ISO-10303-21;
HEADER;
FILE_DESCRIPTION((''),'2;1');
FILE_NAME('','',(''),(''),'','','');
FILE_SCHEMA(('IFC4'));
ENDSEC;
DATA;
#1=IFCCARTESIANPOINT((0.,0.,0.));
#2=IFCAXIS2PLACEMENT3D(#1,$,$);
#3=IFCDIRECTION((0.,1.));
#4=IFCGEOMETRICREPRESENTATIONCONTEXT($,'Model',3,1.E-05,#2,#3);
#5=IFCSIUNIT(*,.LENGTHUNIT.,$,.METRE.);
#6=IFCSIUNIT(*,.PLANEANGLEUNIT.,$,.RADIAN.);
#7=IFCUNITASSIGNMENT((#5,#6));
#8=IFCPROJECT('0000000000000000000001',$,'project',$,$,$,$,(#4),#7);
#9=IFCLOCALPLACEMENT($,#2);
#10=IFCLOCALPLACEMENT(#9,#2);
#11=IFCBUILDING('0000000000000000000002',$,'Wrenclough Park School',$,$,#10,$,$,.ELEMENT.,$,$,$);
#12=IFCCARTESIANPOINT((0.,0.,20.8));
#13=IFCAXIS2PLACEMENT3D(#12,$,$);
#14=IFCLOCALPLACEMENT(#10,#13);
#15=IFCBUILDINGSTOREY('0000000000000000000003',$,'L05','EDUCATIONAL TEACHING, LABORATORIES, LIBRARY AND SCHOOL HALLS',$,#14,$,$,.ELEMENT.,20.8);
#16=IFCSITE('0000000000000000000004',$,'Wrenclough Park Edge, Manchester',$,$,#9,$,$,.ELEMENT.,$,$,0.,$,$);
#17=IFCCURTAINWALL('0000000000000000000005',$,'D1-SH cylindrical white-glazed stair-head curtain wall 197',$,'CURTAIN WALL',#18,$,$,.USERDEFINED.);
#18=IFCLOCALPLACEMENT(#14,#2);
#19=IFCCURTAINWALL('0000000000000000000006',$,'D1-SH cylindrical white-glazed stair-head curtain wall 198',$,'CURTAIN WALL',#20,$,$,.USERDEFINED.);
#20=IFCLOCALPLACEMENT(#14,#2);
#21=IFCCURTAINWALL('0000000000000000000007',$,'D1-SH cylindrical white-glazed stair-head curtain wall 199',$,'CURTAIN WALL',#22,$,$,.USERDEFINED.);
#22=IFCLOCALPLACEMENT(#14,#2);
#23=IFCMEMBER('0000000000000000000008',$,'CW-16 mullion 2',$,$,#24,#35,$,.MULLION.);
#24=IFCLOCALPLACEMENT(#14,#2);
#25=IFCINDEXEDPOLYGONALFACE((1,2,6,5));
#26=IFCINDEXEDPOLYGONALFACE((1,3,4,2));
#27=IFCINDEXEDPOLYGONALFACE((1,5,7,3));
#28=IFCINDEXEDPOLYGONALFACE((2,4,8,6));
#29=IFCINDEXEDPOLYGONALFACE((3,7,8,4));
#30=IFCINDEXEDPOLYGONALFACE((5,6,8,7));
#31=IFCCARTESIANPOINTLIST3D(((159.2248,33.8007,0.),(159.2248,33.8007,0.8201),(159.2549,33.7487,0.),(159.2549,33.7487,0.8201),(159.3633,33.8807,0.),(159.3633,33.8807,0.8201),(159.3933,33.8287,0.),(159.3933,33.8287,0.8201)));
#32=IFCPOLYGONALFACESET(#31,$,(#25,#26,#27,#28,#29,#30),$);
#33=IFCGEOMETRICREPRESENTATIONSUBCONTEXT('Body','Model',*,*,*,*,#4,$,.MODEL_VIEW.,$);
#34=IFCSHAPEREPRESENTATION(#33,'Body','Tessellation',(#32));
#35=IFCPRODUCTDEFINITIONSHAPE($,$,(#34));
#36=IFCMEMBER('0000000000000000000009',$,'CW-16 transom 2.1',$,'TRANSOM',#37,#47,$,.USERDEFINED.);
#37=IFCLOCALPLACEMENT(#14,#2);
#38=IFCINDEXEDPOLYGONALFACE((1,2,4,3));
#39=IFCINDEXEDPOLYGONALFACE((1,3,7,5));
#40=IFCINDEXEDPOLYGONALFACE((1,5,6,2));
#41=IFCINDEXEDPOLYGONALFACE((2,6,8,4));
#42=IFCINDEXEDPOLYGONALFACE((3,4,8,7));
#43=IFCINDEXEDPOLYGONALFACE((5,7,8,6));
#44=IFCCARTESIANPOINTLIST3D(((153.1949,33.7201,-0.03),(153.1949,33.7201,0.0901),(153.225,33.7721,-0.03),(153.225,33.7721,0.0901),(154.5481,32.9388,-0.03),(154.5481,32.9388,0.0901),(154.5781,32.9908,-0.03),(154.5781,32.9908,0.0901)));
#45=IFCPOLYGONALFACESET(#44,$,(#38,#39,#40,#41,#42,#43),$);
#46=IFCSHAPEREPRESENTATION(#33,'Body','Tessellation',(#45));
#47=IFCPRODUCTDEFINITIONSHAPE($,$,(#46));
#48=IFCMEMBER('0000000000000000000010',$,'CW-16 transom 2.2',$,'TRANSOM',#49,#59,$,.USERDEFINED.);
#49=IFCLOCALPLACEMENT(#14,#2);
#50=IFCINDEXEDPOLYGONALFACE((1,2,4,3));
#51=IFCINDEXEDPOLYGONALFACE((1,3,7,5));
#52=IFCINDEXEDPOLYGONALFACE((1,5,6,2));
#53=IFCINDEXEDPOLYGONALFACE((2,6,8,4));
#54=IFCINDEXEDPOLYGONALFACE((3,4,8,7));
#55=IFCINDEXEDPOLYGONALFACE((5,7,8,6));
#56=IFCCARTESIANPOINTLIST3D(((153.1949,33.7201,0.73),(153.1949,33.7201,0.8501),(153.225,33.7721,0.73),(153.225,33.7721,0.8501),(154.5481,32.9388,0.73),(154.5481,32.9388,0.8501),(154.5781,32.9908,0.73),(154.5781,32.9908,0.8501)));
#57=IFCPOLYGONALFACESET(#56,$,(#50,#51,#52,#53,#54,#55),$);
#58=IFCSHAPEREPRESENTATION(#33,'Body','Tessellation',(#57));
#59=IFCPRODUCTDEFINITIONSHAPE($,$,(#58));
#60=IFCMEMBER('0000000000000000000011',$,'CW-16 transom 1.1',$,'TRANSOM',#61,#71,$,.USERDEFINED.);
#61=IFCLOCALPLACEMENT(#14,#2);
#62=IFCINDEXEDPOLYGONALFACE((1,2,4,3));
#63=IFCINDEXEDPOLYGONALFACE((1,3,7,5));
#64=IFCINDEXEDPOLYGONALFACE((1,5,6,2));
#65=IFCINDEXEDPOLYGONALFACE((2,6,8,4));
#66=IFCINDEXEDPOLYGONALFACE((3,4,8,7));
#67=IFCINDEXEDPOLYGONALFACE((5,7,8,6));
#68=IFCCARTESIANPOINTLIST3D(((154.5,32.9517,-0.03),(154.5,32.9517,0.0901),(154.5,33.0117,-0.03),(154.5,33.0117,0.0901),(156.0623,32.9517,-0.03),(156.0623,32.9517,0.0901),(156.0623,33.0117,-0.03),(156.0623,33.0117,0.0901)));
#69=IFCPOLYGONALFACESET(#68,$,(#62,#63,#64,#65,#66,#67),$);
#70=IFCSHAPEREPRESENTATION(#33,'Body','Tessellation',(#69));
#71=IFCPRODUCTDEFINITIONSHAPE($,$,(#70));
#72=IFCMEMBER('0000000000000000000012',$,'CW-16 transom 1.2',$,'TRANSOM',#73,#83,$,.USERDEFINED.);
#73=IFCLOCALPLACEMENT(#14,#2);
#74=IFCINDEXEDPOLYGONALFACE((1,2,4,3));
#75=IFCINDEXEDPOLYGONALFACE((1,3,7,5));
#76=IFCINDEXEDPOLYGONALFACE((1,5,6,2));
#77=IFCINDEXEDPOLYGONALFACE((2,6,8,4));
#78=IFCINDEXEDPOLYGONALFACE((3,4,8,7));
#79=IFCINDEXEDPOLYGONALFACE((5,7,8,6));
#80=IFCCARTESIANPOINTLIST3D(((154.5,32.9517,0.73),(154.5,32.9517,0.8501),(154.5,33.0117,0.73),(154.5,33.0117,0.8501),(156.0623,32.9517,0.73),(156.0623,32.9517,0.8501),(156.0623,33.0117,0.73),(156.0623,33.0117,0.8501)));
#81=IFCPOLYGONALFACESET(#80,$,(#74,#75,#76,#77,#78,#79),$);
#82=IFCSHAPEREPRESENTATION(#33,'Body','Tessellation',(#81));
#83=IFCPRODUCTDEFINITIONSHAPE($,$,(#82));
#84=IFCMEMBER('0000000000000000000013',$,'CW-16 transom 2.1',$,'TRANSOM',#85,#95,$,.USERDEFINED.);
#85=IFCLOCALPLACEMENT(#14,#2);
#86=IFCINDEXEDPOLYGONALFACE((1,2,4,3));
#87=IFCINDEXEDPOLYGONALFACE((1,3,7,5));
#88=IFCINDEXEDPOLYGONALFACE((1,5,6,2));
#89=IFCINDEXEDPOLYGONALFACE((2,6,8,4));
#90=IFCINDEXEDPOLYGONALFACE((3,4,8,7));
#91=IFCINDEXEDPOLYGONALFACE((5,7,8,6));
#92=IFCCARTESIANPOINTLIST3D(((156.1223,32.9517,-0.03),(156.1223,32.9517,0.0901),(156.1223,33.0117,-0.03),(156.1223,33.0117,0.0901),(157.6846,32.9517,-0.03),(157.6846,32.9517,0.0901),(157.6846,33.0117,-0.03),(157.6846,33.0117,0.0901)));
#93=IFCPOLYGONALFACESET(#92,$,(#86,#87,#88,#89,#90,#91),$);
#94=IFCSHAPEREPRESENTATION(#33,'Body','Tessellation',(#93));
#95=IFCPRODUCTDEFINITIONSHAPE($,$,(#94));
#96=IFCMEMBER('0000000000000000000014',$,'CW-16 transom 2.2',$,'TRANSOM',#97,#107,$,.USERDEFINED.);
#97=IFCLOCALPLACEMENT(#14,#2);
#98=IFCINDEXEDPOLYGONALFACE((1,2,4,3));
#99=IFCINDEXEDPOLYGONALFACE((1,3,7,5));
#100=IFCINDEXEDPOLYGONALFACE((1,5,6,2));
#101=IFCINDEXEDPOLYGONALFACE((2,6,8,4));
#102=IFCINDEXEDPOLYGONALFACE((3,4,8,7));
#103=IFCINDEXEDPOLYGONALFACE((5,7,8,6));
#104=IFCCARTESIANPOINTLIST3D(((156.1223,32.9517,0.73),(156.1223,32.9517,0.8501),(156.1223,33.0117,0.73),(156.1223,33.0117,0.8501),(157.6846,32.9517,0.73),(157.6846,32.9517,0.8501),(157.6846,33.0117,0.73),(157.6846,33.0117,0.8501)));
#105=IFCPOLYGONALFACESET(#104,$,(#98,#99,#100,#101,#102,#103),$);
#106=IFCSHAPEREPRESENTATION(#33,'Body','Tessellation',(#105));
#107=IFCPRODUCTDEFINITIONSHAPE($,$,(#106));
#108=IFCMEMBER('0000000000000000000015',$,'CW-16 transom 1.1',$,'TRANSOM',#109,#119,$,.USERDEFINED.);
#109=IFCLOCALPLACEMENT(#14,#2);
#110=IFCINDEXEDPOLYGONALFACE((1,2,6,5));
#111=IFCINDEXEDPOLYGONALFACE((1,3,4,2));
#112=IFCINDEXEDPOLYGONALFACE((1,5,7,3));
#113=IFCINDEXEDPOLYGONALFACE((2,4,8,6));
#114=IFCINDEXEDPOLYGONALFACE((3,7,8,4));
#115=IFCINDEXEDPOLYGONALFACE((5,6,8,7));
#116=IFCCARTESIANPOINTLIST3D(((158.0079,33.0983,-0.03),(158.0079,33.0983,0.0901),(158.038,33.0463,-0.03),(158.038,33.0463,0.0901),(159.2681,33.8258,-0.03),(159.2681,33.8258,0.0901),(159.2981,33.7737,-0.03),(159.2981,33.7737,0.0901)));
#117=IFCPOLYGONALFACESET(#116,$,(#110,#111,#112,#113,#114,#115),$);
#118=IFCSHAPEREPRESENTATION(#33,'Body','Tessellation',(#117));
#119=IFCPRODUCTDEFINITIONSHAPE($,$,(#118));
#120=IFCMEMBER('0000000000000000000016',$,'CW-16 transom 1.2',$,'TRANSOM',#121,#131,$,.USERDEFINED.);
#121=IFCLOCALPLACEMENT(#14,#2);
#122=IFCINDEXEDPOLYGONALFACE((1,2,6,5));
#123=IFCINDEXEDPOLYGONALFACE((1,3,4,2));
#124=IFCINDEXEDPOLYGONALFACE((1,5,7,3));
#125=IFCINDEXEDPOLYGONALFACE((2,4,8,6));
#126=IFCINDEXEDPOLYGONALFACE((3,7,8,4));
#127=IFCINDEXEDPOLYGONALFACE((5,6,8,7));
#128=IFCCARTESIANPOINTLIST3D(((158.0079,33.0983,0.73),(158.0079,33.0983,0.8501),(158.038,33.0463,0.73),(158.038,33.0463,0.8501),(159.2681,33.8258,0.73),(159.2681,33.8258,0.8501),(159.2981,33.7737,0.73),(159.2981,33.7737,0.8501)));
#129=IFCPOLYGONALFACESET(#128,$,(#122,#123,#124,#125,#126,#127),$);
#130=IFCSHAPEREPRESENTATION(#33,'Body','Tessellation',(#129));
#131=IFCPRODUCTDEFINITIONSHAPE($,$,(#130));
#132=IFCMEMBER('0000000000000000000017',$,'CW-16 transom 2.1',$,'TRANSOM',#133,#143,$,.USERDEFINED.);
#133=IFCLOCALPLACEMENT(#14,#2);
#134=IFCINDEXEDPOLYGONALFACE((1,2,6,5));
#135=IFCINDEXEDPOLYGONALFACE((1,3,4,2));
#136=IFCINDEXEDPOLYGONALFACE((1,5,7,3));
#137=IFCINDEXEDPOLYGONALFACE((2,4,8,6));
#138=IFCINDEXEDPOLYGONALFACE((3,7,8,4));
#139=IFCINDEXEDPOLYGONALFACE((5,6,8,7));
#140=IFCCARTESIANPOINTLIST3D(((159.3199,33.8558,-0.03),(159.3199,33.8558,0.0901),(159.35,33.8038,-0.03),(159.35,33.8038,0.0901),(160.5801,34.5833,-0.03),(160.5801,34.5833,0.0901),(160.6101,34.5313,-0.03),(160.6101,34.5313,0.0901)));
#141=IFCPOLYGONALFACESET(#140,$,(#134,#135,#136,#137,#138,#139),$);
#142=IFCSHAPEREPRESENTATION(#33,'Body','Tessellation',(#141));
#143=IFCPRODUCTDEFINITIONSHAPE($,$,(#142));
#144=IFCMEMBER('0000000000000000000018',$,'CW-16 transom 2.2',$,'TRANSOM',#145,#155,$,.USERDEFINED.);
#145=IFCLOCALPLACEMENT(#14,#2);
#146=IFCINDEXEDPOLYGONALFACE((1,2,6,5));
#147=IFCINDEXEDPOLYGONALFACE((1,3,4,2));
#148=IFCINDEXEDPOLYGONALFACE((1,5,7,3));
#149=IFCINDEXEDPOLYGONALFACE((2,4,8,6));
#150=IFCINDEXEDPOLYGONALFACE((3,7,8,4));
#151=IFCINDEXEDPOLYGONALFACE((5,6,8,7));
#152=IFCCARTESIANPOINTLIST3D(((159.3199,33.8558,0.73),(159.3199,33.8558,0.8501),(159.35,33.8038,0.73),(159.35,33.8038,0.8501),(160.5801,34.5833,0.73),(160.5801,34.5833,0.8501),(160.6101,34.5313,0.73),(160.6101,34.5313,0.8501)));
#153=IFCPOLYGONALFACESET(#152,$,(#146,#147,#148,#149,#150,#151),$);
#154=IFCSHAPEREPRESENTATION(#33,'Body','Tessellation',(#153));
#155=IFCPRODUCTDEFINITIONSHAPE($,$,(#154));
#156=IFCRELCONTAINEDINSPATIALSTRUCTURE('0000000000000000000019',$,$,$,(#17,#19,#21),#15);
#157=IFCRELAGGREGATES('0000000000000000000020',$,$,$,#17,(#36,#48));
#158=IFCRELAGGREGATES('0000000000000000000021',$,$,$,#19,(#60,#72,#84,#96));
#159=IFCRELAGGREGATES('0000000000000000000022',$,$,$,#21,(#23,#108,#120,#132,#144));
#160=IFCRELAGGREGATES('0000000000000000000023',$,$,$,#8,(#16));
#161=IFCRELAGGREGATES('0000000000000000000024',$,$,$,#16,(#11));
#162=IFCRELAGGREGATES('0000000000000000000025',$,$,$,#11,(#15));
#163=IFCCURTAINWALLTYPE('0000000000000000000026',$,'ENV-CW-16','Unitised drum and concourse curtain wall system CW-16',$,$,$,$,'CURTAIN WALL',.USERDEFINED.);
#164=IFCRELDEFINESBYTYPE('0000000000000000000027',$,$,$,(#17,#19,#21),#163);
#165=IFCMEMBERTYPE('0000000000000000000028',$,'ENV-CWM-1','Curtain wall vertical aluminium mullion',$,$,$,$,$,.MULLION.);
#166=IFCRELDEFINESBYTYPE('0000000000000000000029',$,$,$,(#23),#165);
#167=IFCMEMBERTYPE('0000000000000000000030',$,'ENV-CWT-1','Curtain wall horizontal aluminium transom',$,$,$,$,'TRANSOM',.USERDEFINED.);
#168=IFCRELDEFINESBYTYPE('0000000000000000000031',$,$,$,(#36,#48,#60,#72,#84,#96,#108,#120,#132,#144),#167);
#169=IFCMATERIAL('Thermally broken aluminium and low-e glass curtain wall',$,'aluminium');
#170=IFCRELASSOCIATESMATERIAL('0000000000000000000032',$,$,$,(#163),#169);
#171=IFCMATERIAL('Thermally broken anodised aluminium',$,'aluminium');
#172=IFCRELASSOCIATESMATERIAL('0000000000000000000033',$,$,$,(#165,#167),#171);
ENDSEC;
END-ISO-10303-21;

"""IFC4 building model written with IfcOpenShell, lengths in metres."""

from ifc_helpers import new_model, si_unit, direction, frame, origin, origin_2d, place, context, subcontext, project, spatial, rectangle, extrude, material, material_profile, profile_set, type_object, element, aggregate, save


model = new_model("IFC4")

# Units and contexts
model_context = context("Model", 3, precision=1e-05, world=origin(), true_north=direction((0.0, 1.0)))
body_context = subcontext(model_context, "Body", "Model", "MODEL_VIEW")
ifc_project = project(units=[si_unit("LENGTHUNIT", "METRE"), si_unit("PLANEANGLEUNIT", "RADIAN")], contexts=[model_context])

# Site, building, storey
site_placement = place(None, origin())
site = spatial("IfcSite", under=ifc_project, at=site_placement, Name="Wrenclough Park Edge, Manchester", CompositionType="ELEMENT", RefElevation=0.0)
building_placement = place(site_placement, origin())
building = spatial("IfcBuilding", under=site, at=building_placement, Name="Wrenclough Park School", CompositionType="ELEMENT")
storey_placement = place(building_placement, frame((0.0, 0.0, 20.8)))
storey = spatial("IfcBuildingStorey", under=building, at=storey_placement, Name="L05", Description="EDUCATIONAL TEACHING, LABORATORIES, LIBRARY AND SCHOOL HALLS", CompositionType="ELEMENT", Elevation=20.8)

# Curtain walls, member
ifc_material_1 = material(Name="Thermally broken aluminium and low-e glass curtain wall", Category="aluminium")
curtain_wall_type = type_object("IfcCurtainWallType", Name="ENV-CW-16", Description="Unitised drum and concourse curtain wall system CW-16", ElementType="CURTAIN WALL", PredefinedType="USERDEFINED", material=ifc_material_1)
curtain_wall_1_placement = place(storey_placement, origin())
curtain_wall_1 = element("IfcCurtainWall", 1, at=curtain_wall_1_placement, inside=storey, type_object=curtain_wall_type, Name="D1-SH cylindrical white-glazed stair-head curtain wall 197", ObjectType="CURTAIN WALL", PredefinedType="USERDEFINED")
ifc_material_2 = material(Name="Thermally broken anodised aluminium", Category="aluminium")
ifc_material_profile_1 = material_profile(ifc_material_2, rectangle(XDim=0.0601, YDim=0.1599, at=origin_2d()), Name="AL MULLION 60x160")
ifc_profile_set_1 = profile_set([ifc_material_profile_1], Name="Thermally broken anodised aluminium")
member_type_1 = type_object("IfcMemberType", Name="ENV-CWM-1", Description="Curtain wall vertical aluminium mullion", PredefinedType="MULLION", material=ifc_profile_set_1)
curtain_wall_2_placement = place(storey_placement, origin())
curtain_wall_2 = element("IfcCurtainWall", 2, at=curtain_wall_2_placement, inside=storey, type_object=curtain_wall_type, Name="D1-SH cylindrical white-glazed stair-head curtain wall 198", ObjectType="CURTAIN WALL", PredefinedType="USERDEFINED")
curtain_wall_3_placement = place(storey_placement, origin())
curtain_wall_3 = element("IfcCurtainWall", 3, at=curtain_wall_3_placement, inside=storey, type_object=curtain_wall_type, Name="D1-SH cylindrical white-glazed stair-head curtain wall 199", ObjectType="CURTAIN WALL", PredefinedType="USERDEFINED")
member_1_placement = place(storey_placement, frame((159.3091, 33.8147, 0.0), z_axis=(0.0, 0.0, 1.0), x_axis=(-0.500003, 0.866024, 0.0)))
member_1 = element("IfcMember", 4, at=member_1_placement, type_object=member_type_1, Name="CW-16 mullion 2", PredefinedType="MULLION", context=body_context, shape_type="SweptSolid", body=[
    extrude(rectangle(XDim=0.0601, YDim=0.1599, at=origin_2d()), origin(), (0.0, 0.0, 1.0), 0.8201),
])

# Members
ifc_material_profile_2 = material_profile(ifc_material_2, rectangle(XDim=0.0601, YDim=0.1201, at=origin_2d()), Name="AL TRANSOM 60x120")
ifc_profile_set_2 = profile_set([ifc_material_profile_2], Name="Thermally broken anodised aluminium")
member_type_2 = type_object("IfcMemberType", Name="ENV-CWT-1", Description="Curtain wall horizontal aluminium transom", ElementType="TRANSOM", PredefinedType="USERDEFINED", material=ifc_profile_set_2)
member_2_placement = place(storey_placement, frame((153.21, 33.7461, 0.03), z_axis=(0.866003, -0.500038, 0.0), x_axis=(0.500038, 0.866003, 0.0)))
member_2 = element("IfcMember", 5, at=member_2_placement, type_object=member_type_2, Name="CW-16 transom 2.1", ObjectType="TRANSOM", PredefinedType="USERDEFINED", context=body_context, shape_type="SweptSolid", body=[
    extrude(rectangle(XDim=0.0601, YDim=0.1201, at=origin_2d()), origin(), (0.0, 0.0, 1.0), 1.5625),
])
member_3_placement = place(storey_placement, frame((153.21, 33.7461, 0.79), z_axis=(0.866003, -0.500038, 0.0), x_axis=(0.500038, 0.866003, 0.0)))
member_3 = element("IfcMember", 6, at=member_3_placement, type_object=member_type_2, Name="CW-16 transom 2.2", ObjectType="TRANSOM", PredefinedType="USERDEFINED", context=body_context, shape_type="SweptSolid", body=[
    extrude(rectangle(XDim=0.0601, YDim=0.1201, at=origin_2d()), origin(), (0.0, 0.0, 1.0), 1.5625),
])
member_4_placement = place(storey_placement, frame((154.5, 32.9817, 0.03), z_axis=(1.0, 0.0, 0.0), x_axis=(0.0, 1.0, 0.0)))
member_4 = element("IfcMember", 7, at=member_4_placement, type_object=member_type_2, Name="CW-16 transom 1.1", ObjectType="TRANSOM", PredefinedType="USERDEFINED", context=body_context, shape_type="SweptSolid", body=[
    extrude(rectangle(XDim=0.0601, YDim=0.1201, at=origin_2d()), origin(), (0.0, 0.0, 1.0), 1.5623),
])
member_5_placement = place(storey_placement, frame((154.5, 32.9817, 0.79), z_axis=(1.0, 0.0, 0.0), x_axis=(0.0, 1.0, 0.0)))
member_5 = element("IfcMember", 8, at=member_5_placement, type_object=member_type_2, Name="CW-16 transom 1.2", ObjectType="TRANSOM", PredefinedType="USERDEFINED", context=body_context, shape_type="SweptSolid", body=[
    extrude(rectangle(XDim=0.0601, YDim=0.1201, at=origin_2d()), origin(), (0.0, 0.0, 1.0), 1.5623),
])
member_6_placement = place(storey_placement, frame((156.1223, 32.9817, 0.03), z_axis=(1.0, 0.0, 0.0), x_axis=(0.0, 1.0, 0.0)))
member_6 = element("IfcMember", 9, at=member_6_placement, type_object=member_type_2, Name="CW-16 transom 2.1", ObjectType="TRANSOM", PredefinedType="USERDEFINED", context=body_context, shape_type="SweptSolid", body=[
    extrude(rectangle(XDim=0.0601, YDim=0.1201, at=origin_2d()), origin(), (0.0, 0.0, 1.0), 1.5623),
])
member_7_placement = place(storey_placement, frame((156.1223, 32.9817, 0.79), z_axis=(1.0, 0.0, 0.0), x_axis=(0.0, 1.0, 0.0)))
member_7 = element("IfcMember", 10, at=member_7_placement, type_object=member_type_2, Name="CW-16 transom 2.2", ObjectType="TRANSOM", PredefinedType="USERDEFINED", context=body_context, shape_type="SweptSolid", body=[
    extrude(rectangle(XDim=0.0601, YDim=0.1201, at=origin_2d()), origin(), (0.0, 0.0, 1.0), 1.5623),
])
member_8_placement = place(storey_placement, frame((158.0229, 33.0723, 0.03), z_axis=(0.866046, 0.499965, 0.0), x_axis=(-0.499965, 0.866046, 0.0)))
member_8 = element("IfcMember", 11, at=member_8_placement, type_object=member_type_2, Name="CW-16 transom 1.1", ObjectType="TRANSOM", PredefinedType="USERDEFINED", context=body_context, shape_type="SweptSolid", body=[
    extrude(rectangle(XDim=0.0601, YDim=0.1201, at=origin_2d()), origin(), (0.0, 0.0, 1.0), 1.4551),
])
member_9_placement = place(storey_placement, frame((158.0229, 33.0723, 0.79), z_axis=(0.866046, 0.499965, 0.0), x_axis=(-0.499965, 0.866046, 0.0)))
member_9 = element("IfcMember", 12, at=member_9_placement, type_object=member_type_2, Name="CW-16 transom 1.2", ObjectType="TRANSOM", PredefinedType="USERDEFINED", context=body_context, shape_type="SweptSolid", body=[
    extrude(rectangle(XDim=0.0601, YDim=0.1201, at=origin_2d()), origin(), (0.0, 0.0, 1.0), 1.4551),
])
member_10_placement = place(storey_placement, frame((159.335, 33.8298, 0.03), z_axis=(0.866046, 0.499965, 0.0), x_axis=(-0.499965, 0.866046, 0.0)))
member_10 = element("IfcMember", 13, at=member_10_placement, type_object=member_type_2, Name="CW-16 transom 2.1", ObjectType="TRANSOM", PredefinedType="USERDEFINED", context=body_context, shape_type="SweptSolid", body=[
    extrude(rectangle(XDim=0.0601, YDim=0.1201, at=origin_2d()), origin(), (0.0, 0.0, 1.0), 1.4551),
])
member_11_placement = place(storey_placement, frame((159.335, 33.8298, 0.79), z_axis=(0.866046, 0.499965, 0.0), x_axis=(-0.499965, 0.866046, 0.0)))
member_11 = element("IfcMember", 14, at=member_11_placement, type_object=member_type_2, Name="CW-16 transom 2.2", ObjectType="TRANSOM", PredefinedType="USERDEFINED", context=body_context, shape_type="SweptSolid", body=[
    extrude(rectangle(XDim=0.0601, YDim=0.1201, at=origin_2d()), origin(), (0.0, 0.0, 1.0), 1.4551),
])

aggregate(curtain_wall_1, [member_2, member_3])
aggregate(curtain_wall_2, [member_4, member_5, member_6, member_7])
aggregate(curtain_wall_3, [member_1, member_8, member_9, member_10, member_11])

save(model, "model.ifc")
